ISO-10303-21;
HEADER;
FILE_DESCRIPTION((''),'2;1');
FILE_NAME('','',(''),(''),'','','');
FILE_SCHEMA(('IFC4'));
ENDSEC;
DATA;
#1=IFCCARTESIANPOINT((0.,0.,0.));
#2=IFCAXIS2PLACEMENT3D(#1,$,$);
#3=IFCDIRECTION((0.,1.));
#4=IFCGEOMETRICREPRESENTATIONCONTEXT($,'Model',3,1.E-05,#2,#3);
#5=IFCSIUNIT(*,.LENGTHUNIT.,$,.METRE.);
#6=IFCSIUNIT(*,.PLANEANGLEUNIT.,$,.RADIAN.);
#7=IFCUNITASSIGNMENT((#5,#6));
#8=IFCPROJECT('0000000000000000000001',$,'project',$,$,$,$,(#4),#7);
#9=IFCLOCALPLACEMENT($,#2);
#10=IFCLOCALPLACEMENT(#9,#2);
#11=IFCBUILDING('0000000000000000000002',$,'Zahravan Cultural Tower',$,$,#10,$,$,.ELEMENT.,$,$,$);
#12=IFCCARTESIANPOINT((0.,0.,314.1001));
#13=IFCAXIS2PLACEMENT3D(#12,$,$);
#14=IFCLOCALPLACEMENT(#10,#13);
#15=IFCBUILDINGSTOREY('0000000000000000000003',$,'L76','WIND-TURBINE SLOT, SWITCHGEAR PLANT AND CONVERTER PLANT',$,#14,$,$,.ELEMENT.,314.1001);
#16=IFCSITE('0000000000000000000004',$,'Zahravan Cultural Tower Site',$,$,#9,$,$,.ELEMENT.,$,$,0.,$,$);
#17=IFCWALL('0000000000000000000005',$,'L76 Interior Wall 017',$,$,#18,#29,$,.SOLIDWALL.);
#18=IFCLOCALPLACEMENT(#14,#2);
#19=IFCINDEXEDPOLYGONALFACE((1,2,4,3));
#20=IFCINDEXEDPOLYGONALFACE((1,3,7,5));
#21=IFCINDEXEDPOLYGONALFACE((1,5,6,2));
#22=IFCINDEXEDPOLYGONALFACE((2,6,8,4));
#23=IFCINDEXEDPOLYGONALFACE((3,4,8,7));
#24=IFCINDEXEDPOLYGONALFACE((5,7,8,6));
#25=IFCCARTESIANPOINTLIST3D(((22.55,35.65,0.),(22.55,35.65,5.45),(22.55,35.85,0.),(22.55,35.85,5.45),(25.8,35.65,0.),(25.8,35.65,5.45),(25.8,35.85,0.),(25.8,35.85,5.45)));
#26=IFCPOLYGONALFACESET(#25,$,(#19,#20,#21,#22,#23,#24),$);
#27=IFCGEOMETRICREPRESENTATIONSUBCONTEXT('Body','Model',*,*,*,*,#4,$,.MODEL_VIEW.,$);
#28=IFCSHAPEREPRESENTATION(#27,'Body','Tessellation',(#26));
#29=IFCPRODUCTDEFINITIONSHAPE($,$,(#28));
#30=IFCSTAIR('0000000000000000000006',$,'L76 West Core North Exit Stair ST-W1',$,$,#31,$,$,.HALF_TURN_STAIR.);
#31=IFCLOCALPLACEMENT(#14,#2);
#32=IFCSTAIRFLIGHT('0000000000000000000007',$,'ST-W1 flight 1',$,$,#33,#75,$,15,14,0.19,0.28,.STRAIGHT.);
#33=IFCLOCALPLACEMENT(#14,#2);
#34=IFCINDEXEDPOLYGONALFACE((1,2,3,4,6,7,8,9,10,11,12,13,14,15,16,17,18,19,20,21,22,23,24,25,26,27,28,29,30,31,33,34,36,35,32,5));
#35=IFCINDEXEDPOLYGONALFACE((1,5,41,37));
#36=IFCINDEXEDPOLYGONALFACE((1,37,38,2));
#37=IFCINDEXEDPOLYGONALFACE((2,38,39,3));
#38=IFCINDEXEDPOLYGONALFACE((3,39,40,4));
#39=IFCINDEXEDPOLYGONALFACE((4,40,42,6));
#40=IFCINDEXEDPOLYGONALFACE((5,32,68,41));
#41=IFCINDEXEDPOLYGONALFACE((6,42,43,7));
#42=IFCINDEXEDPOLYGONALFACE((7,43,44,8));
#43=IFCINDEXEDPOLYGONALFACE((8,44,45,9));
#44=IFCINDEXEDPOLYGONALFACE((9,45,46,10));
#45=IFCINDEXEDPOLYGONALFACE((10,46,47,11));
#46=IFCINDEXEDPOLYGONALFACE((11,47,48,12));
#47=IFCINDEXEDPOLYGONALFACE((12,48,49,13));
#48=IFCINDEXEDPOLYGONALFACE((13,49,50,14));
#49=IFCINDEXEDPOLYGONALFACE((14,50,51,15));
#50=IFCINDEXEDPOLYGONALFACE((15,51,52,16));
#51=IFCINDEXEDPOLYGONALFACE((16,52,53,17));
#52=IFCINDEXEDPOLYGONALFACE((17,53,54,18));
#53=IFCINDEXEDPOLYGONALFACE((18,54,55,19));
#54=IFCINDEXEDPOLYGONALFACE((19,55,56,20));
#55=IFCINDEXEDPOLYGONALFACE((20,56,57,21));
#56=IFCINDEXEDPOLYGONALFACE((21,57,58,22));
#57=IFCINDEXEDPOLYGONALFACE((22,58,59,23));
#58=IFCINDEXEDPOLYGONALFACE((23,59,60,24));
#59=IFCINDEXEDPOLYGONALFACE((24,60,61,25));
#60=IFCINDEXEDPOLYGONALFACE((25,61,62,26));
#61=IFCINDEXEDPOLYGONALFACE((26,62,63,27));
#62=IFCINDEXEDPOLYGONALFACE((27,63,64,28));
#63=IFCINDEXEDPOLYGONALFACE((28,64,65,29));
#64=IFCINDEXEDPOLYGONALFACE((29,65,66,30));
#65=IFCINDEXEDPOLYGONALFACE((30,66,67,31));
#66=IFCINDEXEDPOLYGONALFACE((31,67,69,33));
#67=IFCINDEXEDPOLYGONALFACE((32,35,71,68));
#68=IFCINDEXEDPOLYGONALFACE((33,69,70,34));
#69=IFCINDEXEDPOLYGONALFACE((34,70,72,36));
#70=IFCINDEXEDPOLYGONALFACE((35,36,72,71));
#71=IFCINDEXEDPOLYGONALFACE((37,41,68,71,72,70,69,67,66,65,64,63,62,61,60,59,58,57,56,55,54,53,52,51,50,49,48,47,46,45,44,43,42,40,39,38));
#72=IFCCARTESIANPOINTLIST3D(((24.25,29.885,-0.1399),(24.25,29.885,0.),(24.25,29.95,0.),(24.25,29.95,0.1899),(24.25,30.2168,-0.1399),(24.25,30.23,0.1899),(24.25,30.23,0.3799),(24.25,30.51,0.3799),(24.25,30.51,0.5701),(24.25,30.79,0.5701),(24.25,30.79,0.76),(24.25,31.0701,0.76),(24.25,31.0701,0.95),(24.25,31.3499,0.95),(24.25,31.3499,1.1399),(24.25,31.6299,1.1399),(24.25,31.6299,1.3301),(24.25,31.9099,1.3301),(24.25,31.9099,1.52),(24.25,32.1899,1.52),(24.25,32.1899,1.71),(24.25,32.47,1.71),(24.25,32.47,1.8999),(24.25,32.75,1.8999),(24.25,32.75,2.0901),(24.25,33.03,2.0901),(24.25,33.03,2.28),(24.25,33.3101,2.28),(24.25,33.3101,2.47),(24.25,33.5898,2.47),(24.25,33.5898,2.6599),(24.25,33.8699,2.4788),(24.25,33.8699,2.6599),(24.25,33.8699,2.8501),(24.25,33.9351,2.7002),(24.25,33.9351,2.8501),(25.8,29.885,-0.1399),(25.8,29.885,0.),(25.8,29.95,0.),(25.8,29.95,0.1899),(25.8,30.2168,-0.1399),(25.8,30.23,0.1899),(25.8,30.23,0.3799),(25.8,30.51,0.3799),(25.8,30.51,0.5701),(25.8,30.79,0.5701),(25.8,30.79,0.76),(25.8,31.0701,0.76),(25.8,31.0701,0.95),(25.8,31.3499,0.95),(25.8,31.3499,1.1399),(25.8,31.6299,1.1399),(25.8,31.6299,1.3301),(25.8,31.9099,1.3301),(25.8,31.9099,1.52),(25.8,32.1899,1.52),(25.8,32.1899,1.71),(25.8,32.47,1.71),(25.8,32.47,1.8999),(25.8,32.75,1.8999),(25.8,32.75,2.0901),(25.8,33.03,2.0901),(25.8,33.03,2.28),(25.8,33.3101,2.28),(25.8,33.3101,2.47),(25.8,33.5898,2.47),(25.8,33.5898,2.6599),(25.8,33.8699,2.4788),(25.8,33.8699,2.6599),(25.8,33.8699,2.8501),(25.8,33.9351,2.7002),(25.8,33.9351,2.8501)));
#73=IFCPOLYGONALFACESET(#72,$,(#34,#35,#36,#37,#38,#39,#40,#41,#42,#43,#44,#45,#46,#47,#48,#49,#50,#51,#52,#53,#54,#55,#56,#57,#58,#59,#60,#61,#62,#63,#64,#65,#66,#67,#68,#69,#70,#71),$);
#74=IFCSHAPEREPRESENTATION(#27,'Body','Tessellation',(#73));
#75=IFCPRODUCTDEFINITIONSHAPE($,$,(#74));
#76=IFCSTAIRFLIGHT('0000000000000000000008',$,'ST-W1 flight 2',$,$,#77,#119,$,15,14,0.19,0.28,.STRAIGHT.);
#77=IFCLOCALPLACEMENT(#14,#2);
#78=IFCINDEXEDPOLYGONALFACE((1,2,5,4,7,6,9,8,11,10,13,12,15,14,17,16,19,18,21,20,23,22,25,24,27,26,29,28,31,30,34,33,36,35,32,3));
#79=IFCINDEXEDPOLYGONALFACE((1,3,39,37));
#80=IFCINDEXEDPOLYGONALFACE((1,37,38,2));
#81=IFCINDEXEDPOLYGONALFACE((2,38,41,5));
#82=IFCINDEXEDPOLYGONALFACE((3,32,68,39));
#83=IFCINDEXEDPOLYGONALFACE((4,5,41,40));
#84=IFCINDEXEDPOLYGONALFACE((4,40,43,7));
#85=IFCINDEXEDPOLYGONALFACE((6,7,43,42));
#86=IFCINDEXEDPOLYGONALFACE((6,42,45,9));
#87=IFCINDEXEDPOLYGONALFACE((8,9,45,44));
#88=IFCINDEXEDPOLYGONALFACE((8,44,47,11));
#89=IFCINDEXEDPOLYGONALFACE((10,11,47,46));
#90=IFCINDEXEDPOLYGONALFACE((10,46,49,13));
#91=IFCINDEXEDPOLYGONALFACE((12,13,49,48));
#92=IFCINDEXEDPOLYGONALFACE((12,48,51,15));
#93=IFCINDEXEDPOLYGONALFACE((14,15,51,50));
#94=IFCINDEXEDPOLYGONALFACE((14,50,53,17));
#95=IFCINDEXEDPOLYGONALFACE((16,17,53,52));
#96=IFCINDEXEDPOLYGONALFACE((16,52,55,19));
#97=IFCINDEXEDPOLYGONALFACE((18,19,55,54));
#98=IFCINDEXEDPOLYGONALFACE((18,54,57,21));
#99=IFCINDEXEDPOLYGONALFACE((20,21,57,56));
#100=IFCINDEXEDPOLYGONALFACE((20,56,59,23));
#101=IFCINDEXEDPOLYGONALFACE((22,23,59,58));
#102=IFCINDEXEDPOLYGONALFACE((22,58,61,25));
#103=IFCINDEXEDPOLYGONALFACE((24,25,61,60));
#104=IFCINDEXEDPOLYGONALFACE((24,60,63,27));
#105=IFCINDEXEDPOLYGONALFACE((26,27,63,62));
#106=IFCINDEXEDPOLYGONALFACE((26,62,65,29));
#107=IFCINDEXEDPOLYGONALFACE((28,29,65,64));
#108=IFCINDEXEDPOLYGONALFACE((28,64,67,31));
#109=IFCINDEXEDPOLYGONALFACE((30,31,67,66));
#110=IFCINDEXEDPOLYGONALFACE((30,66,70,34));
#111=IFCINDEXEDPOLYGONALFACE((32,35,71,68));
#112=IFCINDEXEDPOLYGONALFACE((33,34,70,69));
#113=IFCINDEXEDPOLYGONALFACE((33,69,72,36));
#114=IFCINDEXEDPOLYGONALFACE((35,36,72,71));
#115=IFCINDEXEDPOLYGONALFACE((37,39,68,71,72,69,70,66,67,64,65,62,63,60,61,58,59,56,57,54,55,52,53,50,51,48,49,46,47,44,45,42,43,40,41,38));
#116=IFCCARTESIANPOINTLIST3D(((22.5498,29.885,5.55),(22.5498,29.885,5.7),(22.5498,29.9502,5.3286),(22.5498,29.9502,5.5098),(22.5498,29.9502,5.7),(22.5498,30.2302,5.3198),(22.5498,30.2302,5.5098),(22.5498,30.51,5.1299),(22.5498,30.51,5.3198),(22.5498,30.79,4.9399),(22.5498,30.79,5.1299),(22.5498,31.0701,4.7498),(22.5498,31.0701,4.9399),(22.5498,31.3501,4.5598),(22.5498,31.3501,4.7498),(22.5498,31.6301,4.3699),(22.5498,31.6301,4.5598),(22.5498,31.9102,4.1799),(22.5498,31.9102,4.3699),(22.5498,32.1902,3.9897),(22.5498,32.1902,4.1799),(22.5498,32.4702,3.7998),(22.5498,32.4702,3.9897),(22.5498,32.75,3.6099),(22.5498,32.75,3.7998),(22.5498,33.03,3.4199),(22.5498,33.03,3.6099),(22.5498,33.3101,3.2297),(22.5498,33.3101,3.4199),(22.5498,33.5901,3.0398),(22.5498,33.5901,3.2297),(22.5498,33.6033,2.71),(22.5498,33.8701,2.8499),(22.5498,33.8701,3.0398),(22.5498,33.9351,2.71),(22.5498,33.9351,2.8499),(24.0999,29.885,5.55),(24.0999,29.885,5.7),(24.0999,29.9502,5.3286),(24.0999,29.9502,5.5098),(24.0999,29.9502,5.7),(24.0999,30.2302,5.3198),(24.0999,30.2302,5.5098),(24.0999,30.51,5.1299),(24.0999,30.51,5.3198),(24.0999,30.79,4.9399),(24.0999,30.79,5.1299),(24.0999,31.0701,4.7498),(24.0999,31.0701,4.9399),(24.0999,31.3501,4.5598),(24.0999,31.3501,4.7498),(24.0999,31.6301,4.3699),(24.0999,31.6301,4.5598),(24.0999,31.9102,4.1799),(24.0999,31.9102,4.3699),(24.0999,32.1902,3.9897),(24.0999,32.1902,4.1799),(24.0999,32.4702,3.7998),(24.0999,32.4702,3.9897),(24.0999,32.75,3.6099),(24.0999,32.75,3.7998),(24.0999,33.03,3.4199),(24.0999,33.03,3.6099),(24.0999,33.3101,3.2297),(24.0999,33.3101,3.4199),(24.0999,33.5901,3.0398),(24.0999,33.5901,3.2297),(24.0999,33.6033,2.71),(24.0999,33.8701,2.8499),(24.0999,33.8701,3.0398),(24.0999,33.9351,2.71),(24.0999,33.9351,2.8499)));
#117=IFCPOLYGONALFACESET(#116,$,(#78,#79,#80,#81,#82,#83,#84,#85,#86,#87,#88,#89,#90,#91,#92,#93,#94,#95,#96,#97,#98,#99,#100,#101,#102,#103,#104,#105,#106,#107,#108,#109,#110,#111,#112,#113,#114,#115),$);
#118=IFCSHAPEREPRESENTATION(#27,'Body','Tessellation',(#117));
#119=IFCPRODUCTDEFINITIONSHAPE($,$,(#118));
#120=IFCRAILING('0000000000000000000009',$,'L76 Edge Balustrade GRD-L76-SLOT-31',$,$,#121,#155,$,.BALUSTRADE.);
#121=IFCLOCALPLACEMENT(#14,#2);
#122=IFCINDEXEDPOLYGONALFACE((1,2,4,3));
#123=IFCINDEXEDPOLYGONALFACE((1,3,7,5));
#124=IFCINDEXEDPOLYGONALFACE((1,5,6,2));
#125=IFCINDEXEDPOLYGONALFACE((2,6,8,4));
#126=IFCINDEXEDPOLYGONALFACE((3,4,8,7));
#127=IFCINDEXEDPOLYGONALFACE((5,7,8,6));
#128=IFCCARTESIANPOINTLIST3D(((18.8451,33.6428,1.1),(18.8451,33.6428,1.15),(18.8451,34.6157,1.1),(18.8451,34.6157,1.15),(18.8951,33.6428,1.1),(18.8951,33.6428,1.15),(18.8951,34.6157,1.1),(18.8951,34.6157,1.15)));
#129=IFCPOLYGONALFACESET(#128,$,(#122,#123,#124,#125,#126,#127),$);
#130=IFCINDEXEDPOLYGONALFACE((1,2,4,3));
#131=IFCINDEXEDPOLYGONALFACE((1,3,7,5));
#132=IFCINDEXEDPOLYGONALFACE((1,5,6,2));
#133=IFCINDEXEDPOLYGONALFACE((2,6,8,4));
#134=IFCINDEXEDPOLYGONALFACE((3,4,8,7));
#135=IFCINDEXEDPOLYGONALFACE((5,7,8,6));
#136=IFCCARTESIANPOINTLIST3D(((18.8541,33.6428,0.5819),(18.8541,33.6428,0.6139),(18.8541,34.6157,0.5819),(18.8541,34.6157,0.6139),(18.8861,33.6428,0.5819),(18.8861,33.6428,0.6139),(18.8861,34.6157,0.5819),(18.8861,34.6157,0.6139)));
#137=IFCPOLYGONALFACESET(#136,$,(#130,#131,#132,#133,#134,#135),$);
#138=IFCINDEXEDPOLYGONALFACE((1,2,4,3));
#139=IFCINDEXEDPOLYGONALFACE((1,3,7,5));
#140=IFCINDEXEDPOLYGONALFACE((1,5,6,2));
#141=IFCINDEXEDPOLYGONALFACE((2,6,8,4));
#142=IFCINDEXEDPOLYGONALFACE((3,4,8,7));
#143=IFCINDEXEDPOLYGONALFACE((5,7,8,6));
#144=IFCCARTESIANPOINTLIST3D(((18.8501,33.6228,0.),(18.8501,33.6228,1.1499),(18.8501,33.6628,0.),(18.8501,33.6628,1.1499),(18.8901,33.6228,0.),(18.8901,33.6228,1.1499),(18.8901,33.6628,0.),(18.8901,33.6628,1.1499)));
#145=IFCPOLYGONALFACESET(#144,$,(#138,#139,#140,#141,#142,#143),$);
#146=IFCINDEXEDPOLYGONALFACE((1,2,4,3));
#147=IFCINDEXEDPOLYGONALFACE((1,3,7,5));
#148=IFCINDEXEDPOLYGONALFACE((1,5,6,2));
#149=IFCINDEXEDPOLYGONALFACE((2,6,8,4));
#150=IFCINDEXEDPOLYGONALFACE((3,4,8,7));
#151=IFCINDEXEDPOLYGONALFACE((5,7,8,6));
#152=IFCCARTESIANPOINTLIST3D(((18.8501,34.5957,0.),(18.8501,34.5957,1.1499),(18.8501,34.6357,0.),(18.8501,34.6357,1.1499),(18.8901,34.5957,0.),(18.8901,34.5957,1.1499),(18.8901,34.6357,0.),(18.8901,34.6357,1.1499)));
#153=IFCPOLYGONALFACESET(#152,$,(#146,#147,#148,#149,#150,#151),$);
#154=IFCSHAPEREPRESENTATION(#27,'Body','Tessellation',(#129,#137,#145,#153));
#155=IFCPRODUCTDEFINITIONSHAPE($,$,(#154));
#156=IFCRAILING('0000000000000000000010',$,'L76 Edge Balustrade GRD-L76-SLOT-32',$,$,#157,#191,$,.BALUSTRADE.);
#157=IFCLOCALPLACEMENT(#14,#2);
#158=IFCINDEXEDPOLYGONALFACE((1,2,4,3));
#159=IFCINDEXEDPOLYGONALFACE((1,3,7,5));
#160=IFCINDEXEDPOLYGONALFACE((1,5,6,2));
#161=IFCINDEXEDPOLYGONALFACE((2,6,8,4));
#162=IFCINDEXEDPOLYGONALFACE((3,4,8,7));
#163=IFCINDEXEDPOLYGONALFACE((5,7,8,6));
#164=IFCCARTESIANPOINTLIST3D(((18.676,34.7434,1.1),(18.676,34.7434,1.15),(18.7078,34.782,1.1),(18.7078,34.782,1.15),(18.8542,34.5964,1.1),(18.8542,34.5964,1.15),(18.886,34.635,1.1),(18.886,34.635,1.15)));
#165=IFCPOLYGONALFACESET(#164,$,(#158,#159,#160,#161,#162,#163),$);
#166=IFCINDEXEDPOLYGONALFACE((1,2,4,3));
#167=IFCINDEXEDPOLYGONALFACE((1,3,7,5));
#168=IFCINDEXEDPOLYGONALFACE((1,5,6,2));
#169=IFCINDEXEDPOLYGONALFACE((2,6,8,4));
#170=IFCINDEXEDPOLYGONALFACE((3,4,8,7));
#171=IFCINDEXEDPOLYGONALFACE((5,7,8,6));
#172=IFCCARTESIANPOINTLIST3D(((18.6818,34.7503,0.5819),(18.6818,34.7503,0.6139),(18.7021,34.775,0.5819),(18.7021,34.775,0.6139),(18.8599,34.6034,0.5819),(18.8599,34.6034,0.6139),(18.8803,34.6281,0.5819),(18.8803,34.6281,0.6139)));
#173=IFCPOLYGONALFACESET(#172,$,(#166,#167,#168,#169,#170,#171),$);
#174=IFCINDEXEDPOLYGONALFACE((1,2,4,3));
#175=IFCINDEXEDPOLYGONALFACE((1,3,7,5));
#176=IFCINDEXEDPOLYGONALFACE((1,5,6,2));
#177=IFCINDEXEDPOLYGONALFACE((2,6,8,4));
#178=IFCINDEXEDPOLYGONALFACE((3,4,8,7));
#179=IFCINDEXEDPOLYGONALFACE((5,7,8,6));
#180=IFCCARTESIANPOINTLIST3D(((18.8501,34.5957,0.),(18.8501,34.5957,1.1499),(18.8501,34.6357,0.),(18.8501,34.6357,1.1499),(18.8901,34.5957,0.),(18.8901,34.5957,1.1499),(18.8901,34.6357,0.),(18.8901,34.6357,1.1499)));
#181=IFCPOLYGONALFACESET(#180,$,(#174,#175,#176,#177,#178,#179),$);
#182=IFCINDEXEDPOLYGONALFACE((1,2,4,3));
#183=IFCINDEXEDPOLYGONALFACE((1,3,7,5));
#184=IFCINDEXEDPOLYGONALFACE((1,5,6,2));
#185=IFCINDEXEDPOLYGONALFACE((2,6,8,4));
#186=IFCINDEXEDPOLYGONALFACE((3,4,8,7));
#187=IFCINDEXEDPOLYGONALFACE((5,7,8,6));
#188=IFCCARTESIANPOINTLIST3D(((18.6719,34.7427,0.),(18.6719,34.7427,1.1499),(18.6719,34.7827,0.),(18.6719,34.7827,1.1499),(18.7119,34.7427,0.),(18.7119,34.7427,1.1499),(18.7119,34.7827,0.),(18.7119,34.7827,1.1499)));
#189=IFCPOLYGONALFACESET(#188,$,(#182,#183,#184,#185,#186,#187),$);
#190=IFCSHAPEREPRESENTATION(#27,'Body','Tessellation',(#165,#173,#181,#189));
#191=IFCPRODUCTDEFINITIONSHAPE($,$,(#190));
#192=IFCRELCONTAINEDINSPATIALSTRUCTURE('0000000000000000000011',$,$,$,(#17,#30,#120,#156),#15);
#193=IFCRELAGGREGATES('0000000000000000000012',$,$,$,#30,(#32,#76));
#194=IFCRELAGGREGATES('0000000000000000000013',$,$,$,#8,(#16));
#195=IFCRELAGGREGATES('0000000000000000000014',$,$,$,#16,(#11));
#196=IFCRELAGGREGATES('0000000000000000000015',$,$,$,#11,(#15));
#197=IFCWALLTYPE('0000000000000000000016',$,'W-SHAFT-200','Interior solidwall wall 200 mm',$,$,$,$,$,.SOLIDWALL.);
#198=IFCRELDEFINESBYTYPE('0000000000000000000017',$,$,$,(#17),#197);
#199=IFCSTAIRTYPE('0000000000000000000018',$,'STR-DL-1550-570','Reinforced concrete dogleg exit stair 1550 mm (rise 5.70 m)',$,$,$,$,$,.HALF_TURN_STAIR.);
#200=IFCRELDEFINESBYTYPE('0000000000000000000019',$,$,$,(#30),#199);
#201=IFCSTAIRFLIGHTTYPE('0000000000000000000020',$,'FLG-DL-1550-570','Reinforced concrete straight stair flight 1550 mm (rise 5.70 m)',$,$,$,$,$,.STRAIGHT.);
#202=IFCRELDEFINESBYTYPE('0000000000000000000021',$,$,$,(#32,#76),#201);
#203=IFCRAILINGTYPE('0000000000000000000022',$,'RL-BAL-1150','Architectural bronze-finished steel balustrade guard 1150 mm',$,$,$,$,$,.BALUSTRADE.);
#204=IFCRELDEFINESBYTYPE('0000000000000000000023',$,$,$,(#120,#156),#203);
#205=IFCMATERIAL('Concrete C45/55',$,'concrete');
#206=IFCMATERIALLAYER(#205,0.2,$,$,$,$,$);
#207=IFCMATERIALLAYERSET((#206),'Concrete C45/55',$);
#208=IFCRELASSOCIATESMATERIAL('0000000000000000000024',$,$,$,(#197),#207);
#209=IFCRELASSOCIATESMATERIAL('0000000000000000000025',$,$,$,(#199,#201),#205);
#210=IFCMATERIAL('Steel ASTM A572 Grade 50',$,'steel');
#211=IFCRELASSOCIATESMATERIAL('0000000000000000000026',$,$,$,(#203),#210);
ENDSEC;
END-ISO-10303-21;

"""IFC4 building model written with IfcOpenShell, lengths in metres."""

from ifc_helpers import new_model, si_unit, direction, frame, frame_2d, origin, origin_2d, place, context, subcontext, project, spatial, polyline, rectangle, outline, extrude, source, transform, mapped, material, layer, layer_set, type_object, element, aggregate, save


model = new_model("IFC4")

# Units and contexts
model_context = context("Model", 3, precision=1e-05, world=origin(), true_north=direction((0.0, 1.0)))
body_context = subcontext(model_context, "Body", "Model", "MODEL_VIEW")
ifc_project = project(units=[si_unit("LENGTHUNIT", "METRE"), si_unit("PLANEANGLEUNIT", "RADIAN")], contexts=[model_context])

# Site, building, storey
site_placement = place(None, origin())
site = spatial("IfcSite", under=ifc_project, at=site_placement, Name="Zahravan Cultural Tower Site", CompositionType="ELEMENT", RefElevation=0.0)
building_placement = place(site_placement, origin())
building = spatial("IfcBuilding", under=site, at=building_placement, Name="Zahravan Cultural Tower", CompositionType="ELEMENT")
storey_placement = place(building_placement, frame((0.0, 0.0, 314.1001)))
storey = spatial("IfcBuildingStorey", under=building, at=storey_placement, Name="L76", Description="WIND-TURBINE SLOT, SWITCHGEAR PLANT AND CONVERTER PLANT", CompositionType="ELEMENT", Elevation=314.1001)

# Shared definitions
ifc_material_1 = material(Name="Steel ASTM A572 Grade 50", Category="steel")

# Wall
ifc_material_2 = material(Name="Concrete C45/55", Category="concrete")
ifc_layer_1 = layer(ifc_material_2, 0.2)
ifc_layer_set_1 = layer_set([ifc_layer_1], Name="Concrete C45/55")
wall_type_1 = type_object("IfcWallType", Name="W-SHAFT-200", Description="Interior solidwall wall 200 mm", PredefinedType="SOLIDWALL", material=ifc_layer_set_1)
shared_shape_1 = source(origin(), body_context, "Body", "SweptSolid", [
    extrude(rectangle(XDim=3.25, YDim=0.2, at=frame_2d((1.625, 0.0))), origin(), (0.0, 0.0, 1.0), 5.45),
])
wall_1_placement = place(storey_placement, frame((22.55, 35.75, 0.0), z_axis=(0.0, 0.0, 1.0), x_axis=(1.0, 0.0, 0.0)))
element("IfcWall", 1, at=wall_1_placement, inside=storey, type_object=wall_type_1, Name="L76 Interior Wall 017", PredefinedType="SOLIDWALL", context=body_context, shape_type="MappedRepresentation", body=[
    mapped(shared_shape_1, transform((0.0, 0.0, 0.0), x_axis=(1.0, 0.0, 0.0), y_axis=(0.0, 1.0, 0.0), z_axis=(0.0, 0.0, 1.0), scale=1.0)),
])

# Stair, stair flights
stair_type = type_object("IfcStairType", Name="STR-DL-1550-570", Description="Reinforced concrete dogleg exit stair 1550 mm (rise 5.70 m)", PredefinedType="HALF_TURN_STAIR", material=ifc_material_2)
stair_placement = place(storey_placement, origin())
stair = element("IfcStair", 2, at=stair_placement, inside=storey, type_object=stair_type, Name="L76 West Core North Exit Stair ST-W1", PredefinedType="HALF_TURN_STAIR")
stair_flight_type = type_object("IfcStairFlightType", Name="FLG-DL-1550-570", Description="Reinforced concrete straight stair flight 1550 mm (rise 5.70 m)", PredefinedType="STRAIGHT", material=ifc_material_2)
stair_flight_1_placement = place(storey_placement, frame((25.0249, 29.95, 0.0), z_axis=(0.0, 0.0, 1.0), x_axis=(0.0, 1.0, 0.0)))
stair_flight_1 = element("IfcStairFlight", 3, at=stair_flight_1_placement, type_object=stair_flight_type, Name="ST-W1 flight 1", NumberOfRisers=15, NumberOfTreads=14, PredefinedType="STRAIGHT", RiserHeight=0.19, TreadLength=0.28, context=body_context, shape_type="SweptSolid", body=[
    extrude(outline(polyline([(-0.0649, -0.1399), (-0.0649, 0.0), (0.0, 0.0), (0.0, 0.1899), (0.28, 0.1899), (0.28, 0.3799), (0.5601, 0.3799), (0.5601, 0.5701), (0.8401, 0.5701), (0.8401, 0.76), (1.1201, 0.76), (1.1201, 0.95), (1.3999, 0.95), (1.3999, 1.1399), (1.6799, 1.1399), (1.6799, 1.3301), (1.96, 1.3301), (1.96, 1.52), (2.24, 1.52), (2.24, 1.71), (2.52, 1.71), (2.52, 1.8999), (2.8, 1.8999), (2.8, 2.0901), (3.0801, 2.0901), (3.0801, 2.28), (3.3601, 2.28), (3.3601, 2.47), (3.6399, 2.47), (3.6399, 2.6599), (3.9199, 2.6599), (3.9199, 2.8501), (3.9851, 2.8501), (3.9851, 2.7002), (3.9199, 2.4788), (0.2668, -0.1399), (-0.0649, -0.1399)])), frame((0.0, 0.7749, 0.0), z_axis=(0.0, -1.0, 0.0), x_axis=(1.0, 0.0, 0.0)), (0.0, 0.0, 1.0), 1.55),
])
stair_flight_2_placement = place(storey_placement, frame((23.325, 33.8701, 2.8499), z_axis=(0.0, 0.0, 1.0), x_axis=(0.0, -1.0, 0.0)))
stair_flight_2 = element("IfcStairFlight", 4, at=stair_flight_2_placement, type_object=stair_flight_type, Name="ST-W1 flight 2", NumberOfRisers=15, NumberOfTreads=14, PredefinedType="STRAIGHT", RiserHeight=0.19, TreadLength=0.28, context=body_context, shape_type="SweptSolid", body=[
    extrude(outline(polyline([(-0.0649, -0.1399), (-0.0649, 0.0), (0.0, 0.0), (0.0, 0.1899), (0.28, 0.1899), (0.28, 0.3799), (0.5601, 0.3799), (0.5601, 0.5701), (0.8401, 0.5701), (0.8401, 0.76), (1.1201, 0.76), (1.1201, 0.95), (1.3999, 0.95), (1.3999, 1.1399), (1.6799, 1.1399), (1.6799, 1.3301), (1.96, 1.3301), (1.96, 1.52), (2.24, 1.52), (2.24, 1.71), (2.52, 1.71), (2.52, 1.8999), (2.8, 1.8999), (2.8, 2.0901), (3.0801, 2.0901), (3.0801, 2.28), (3.3601, 2.28), (3.3601, 2.47), (3.6399, 2.47), (3.6399, 2.6599), (3.9199, 2.6599), (3.9199, 2.8501), (3.9851, 2.8501), (3.9851, 2.7002), (3.9199, 2.4788), (0.2668, -0.1399), (-0.0649, -0.1399)])), frame((0.0, 0.7749, 0.0), z_axis=(0.0, -1.0, 0.0), x_axis=(1.0, 0.0, 0.0)), (0.0, 0.0, 1.0), 1.55),
])
aggregate(stair, [stair_flight_1, stair_flight_2])

# Railings
railing_type_1 = type_object("IfcRailingType", Name="RL-BAL-1150", Description="Architectural bronze-finished steel balustrade guard 1150 mm", PredefinedType="BALUSTRADE", material=ifc_material_1)
railing_1_placement = place(storey_placement, frame((18.8701, 33.6428, 0.0)))
element("IfcRailing", 5, at=railing_1_placement, inside=storey, type_object=railing_type_1, Name="L76 Edge Balustrade GRD-L76-SLOT-31", PredefinedType="BALUSTRADE", context=body_context, shape_type="SweptSolid", body=[
    extrude(rectangle(XDim=0.05, YDim=0.05, at=origin_2d()), frame((0.0, 0.0, 1.125), z_axis=(0.0, 1.0, 0.0), x_axis=(-1.0, 0.0, 0.0)), (0.0, 0.0, 1.0), 0.9729),
    extrude(rectangle(XDim=0.032, YDim=0.032, at=origin_2d()), frame((0.0, 0.0, 0.5979), z_axis=(0.0, 1.0, 0.0), x_axis=(-1.0, 0.0, 0.0)), (0.0, 0.0, 1.0), 0.9729),
    extrude(rectangle(XDim=0.04, YDim=0.04, at=origin_2d()), origin(), (0.0, 0.0, 1.0), 1.1499),
    extrude(rectangle(XDim=0.04, YDim=0.04, at=origin_2d()), frame((0.0, 0.9729, 0.0)), (0.0, 0.0, 1.0), 1.1499),
])
railing_2_placement = place(storey_placement, frame((18.8701, 34.6157, 0.0)))
element("IfcRailing", 6, at=railing_2_placement, inside=storey, type_object=railing_type_1, Name="L76 Edge Balustrade GRD-L76-SLOT-32", PredefinedType="BALUSTRADE", context=body_context, shape_type="SweptSolid", body=[
    extrude(rectangle(XDim=0.05, YDim=0.05, at=origin_2d()), frame((0.0, 0.0, 1.125), z_axis=(-0.771503, 0.636226, 0.0), x_axis=(-0.636226, -0.771503, 0.0)), (0.0, 0.0, 1.0), 0.231),
    extrude(rectangle(XDim=0.032, YDim=0.032, at=origin_2d()), frame((0.0, 0.0, 0.5979), z_axis=(-0.771503, 0.636226, 0.0), x_axis=(-0.636226, -0.771503, 0.0)), (0.0, 0.0, 1.0), 0.231),
    extrude(rectangle(XDim=0.04, YDim=0.04, at=origin_2d()), origin(), (0.0, 0.0, 1.0), 1.1499),
    extrude(rectangle(XDim=0.04, YDim=0.04, at=origin_2d()), frame((-0.1782, 0.147, 0.0)), (0.0, 0.0, 1.0), 1.1499),
])

save(model, "model.ifc")
